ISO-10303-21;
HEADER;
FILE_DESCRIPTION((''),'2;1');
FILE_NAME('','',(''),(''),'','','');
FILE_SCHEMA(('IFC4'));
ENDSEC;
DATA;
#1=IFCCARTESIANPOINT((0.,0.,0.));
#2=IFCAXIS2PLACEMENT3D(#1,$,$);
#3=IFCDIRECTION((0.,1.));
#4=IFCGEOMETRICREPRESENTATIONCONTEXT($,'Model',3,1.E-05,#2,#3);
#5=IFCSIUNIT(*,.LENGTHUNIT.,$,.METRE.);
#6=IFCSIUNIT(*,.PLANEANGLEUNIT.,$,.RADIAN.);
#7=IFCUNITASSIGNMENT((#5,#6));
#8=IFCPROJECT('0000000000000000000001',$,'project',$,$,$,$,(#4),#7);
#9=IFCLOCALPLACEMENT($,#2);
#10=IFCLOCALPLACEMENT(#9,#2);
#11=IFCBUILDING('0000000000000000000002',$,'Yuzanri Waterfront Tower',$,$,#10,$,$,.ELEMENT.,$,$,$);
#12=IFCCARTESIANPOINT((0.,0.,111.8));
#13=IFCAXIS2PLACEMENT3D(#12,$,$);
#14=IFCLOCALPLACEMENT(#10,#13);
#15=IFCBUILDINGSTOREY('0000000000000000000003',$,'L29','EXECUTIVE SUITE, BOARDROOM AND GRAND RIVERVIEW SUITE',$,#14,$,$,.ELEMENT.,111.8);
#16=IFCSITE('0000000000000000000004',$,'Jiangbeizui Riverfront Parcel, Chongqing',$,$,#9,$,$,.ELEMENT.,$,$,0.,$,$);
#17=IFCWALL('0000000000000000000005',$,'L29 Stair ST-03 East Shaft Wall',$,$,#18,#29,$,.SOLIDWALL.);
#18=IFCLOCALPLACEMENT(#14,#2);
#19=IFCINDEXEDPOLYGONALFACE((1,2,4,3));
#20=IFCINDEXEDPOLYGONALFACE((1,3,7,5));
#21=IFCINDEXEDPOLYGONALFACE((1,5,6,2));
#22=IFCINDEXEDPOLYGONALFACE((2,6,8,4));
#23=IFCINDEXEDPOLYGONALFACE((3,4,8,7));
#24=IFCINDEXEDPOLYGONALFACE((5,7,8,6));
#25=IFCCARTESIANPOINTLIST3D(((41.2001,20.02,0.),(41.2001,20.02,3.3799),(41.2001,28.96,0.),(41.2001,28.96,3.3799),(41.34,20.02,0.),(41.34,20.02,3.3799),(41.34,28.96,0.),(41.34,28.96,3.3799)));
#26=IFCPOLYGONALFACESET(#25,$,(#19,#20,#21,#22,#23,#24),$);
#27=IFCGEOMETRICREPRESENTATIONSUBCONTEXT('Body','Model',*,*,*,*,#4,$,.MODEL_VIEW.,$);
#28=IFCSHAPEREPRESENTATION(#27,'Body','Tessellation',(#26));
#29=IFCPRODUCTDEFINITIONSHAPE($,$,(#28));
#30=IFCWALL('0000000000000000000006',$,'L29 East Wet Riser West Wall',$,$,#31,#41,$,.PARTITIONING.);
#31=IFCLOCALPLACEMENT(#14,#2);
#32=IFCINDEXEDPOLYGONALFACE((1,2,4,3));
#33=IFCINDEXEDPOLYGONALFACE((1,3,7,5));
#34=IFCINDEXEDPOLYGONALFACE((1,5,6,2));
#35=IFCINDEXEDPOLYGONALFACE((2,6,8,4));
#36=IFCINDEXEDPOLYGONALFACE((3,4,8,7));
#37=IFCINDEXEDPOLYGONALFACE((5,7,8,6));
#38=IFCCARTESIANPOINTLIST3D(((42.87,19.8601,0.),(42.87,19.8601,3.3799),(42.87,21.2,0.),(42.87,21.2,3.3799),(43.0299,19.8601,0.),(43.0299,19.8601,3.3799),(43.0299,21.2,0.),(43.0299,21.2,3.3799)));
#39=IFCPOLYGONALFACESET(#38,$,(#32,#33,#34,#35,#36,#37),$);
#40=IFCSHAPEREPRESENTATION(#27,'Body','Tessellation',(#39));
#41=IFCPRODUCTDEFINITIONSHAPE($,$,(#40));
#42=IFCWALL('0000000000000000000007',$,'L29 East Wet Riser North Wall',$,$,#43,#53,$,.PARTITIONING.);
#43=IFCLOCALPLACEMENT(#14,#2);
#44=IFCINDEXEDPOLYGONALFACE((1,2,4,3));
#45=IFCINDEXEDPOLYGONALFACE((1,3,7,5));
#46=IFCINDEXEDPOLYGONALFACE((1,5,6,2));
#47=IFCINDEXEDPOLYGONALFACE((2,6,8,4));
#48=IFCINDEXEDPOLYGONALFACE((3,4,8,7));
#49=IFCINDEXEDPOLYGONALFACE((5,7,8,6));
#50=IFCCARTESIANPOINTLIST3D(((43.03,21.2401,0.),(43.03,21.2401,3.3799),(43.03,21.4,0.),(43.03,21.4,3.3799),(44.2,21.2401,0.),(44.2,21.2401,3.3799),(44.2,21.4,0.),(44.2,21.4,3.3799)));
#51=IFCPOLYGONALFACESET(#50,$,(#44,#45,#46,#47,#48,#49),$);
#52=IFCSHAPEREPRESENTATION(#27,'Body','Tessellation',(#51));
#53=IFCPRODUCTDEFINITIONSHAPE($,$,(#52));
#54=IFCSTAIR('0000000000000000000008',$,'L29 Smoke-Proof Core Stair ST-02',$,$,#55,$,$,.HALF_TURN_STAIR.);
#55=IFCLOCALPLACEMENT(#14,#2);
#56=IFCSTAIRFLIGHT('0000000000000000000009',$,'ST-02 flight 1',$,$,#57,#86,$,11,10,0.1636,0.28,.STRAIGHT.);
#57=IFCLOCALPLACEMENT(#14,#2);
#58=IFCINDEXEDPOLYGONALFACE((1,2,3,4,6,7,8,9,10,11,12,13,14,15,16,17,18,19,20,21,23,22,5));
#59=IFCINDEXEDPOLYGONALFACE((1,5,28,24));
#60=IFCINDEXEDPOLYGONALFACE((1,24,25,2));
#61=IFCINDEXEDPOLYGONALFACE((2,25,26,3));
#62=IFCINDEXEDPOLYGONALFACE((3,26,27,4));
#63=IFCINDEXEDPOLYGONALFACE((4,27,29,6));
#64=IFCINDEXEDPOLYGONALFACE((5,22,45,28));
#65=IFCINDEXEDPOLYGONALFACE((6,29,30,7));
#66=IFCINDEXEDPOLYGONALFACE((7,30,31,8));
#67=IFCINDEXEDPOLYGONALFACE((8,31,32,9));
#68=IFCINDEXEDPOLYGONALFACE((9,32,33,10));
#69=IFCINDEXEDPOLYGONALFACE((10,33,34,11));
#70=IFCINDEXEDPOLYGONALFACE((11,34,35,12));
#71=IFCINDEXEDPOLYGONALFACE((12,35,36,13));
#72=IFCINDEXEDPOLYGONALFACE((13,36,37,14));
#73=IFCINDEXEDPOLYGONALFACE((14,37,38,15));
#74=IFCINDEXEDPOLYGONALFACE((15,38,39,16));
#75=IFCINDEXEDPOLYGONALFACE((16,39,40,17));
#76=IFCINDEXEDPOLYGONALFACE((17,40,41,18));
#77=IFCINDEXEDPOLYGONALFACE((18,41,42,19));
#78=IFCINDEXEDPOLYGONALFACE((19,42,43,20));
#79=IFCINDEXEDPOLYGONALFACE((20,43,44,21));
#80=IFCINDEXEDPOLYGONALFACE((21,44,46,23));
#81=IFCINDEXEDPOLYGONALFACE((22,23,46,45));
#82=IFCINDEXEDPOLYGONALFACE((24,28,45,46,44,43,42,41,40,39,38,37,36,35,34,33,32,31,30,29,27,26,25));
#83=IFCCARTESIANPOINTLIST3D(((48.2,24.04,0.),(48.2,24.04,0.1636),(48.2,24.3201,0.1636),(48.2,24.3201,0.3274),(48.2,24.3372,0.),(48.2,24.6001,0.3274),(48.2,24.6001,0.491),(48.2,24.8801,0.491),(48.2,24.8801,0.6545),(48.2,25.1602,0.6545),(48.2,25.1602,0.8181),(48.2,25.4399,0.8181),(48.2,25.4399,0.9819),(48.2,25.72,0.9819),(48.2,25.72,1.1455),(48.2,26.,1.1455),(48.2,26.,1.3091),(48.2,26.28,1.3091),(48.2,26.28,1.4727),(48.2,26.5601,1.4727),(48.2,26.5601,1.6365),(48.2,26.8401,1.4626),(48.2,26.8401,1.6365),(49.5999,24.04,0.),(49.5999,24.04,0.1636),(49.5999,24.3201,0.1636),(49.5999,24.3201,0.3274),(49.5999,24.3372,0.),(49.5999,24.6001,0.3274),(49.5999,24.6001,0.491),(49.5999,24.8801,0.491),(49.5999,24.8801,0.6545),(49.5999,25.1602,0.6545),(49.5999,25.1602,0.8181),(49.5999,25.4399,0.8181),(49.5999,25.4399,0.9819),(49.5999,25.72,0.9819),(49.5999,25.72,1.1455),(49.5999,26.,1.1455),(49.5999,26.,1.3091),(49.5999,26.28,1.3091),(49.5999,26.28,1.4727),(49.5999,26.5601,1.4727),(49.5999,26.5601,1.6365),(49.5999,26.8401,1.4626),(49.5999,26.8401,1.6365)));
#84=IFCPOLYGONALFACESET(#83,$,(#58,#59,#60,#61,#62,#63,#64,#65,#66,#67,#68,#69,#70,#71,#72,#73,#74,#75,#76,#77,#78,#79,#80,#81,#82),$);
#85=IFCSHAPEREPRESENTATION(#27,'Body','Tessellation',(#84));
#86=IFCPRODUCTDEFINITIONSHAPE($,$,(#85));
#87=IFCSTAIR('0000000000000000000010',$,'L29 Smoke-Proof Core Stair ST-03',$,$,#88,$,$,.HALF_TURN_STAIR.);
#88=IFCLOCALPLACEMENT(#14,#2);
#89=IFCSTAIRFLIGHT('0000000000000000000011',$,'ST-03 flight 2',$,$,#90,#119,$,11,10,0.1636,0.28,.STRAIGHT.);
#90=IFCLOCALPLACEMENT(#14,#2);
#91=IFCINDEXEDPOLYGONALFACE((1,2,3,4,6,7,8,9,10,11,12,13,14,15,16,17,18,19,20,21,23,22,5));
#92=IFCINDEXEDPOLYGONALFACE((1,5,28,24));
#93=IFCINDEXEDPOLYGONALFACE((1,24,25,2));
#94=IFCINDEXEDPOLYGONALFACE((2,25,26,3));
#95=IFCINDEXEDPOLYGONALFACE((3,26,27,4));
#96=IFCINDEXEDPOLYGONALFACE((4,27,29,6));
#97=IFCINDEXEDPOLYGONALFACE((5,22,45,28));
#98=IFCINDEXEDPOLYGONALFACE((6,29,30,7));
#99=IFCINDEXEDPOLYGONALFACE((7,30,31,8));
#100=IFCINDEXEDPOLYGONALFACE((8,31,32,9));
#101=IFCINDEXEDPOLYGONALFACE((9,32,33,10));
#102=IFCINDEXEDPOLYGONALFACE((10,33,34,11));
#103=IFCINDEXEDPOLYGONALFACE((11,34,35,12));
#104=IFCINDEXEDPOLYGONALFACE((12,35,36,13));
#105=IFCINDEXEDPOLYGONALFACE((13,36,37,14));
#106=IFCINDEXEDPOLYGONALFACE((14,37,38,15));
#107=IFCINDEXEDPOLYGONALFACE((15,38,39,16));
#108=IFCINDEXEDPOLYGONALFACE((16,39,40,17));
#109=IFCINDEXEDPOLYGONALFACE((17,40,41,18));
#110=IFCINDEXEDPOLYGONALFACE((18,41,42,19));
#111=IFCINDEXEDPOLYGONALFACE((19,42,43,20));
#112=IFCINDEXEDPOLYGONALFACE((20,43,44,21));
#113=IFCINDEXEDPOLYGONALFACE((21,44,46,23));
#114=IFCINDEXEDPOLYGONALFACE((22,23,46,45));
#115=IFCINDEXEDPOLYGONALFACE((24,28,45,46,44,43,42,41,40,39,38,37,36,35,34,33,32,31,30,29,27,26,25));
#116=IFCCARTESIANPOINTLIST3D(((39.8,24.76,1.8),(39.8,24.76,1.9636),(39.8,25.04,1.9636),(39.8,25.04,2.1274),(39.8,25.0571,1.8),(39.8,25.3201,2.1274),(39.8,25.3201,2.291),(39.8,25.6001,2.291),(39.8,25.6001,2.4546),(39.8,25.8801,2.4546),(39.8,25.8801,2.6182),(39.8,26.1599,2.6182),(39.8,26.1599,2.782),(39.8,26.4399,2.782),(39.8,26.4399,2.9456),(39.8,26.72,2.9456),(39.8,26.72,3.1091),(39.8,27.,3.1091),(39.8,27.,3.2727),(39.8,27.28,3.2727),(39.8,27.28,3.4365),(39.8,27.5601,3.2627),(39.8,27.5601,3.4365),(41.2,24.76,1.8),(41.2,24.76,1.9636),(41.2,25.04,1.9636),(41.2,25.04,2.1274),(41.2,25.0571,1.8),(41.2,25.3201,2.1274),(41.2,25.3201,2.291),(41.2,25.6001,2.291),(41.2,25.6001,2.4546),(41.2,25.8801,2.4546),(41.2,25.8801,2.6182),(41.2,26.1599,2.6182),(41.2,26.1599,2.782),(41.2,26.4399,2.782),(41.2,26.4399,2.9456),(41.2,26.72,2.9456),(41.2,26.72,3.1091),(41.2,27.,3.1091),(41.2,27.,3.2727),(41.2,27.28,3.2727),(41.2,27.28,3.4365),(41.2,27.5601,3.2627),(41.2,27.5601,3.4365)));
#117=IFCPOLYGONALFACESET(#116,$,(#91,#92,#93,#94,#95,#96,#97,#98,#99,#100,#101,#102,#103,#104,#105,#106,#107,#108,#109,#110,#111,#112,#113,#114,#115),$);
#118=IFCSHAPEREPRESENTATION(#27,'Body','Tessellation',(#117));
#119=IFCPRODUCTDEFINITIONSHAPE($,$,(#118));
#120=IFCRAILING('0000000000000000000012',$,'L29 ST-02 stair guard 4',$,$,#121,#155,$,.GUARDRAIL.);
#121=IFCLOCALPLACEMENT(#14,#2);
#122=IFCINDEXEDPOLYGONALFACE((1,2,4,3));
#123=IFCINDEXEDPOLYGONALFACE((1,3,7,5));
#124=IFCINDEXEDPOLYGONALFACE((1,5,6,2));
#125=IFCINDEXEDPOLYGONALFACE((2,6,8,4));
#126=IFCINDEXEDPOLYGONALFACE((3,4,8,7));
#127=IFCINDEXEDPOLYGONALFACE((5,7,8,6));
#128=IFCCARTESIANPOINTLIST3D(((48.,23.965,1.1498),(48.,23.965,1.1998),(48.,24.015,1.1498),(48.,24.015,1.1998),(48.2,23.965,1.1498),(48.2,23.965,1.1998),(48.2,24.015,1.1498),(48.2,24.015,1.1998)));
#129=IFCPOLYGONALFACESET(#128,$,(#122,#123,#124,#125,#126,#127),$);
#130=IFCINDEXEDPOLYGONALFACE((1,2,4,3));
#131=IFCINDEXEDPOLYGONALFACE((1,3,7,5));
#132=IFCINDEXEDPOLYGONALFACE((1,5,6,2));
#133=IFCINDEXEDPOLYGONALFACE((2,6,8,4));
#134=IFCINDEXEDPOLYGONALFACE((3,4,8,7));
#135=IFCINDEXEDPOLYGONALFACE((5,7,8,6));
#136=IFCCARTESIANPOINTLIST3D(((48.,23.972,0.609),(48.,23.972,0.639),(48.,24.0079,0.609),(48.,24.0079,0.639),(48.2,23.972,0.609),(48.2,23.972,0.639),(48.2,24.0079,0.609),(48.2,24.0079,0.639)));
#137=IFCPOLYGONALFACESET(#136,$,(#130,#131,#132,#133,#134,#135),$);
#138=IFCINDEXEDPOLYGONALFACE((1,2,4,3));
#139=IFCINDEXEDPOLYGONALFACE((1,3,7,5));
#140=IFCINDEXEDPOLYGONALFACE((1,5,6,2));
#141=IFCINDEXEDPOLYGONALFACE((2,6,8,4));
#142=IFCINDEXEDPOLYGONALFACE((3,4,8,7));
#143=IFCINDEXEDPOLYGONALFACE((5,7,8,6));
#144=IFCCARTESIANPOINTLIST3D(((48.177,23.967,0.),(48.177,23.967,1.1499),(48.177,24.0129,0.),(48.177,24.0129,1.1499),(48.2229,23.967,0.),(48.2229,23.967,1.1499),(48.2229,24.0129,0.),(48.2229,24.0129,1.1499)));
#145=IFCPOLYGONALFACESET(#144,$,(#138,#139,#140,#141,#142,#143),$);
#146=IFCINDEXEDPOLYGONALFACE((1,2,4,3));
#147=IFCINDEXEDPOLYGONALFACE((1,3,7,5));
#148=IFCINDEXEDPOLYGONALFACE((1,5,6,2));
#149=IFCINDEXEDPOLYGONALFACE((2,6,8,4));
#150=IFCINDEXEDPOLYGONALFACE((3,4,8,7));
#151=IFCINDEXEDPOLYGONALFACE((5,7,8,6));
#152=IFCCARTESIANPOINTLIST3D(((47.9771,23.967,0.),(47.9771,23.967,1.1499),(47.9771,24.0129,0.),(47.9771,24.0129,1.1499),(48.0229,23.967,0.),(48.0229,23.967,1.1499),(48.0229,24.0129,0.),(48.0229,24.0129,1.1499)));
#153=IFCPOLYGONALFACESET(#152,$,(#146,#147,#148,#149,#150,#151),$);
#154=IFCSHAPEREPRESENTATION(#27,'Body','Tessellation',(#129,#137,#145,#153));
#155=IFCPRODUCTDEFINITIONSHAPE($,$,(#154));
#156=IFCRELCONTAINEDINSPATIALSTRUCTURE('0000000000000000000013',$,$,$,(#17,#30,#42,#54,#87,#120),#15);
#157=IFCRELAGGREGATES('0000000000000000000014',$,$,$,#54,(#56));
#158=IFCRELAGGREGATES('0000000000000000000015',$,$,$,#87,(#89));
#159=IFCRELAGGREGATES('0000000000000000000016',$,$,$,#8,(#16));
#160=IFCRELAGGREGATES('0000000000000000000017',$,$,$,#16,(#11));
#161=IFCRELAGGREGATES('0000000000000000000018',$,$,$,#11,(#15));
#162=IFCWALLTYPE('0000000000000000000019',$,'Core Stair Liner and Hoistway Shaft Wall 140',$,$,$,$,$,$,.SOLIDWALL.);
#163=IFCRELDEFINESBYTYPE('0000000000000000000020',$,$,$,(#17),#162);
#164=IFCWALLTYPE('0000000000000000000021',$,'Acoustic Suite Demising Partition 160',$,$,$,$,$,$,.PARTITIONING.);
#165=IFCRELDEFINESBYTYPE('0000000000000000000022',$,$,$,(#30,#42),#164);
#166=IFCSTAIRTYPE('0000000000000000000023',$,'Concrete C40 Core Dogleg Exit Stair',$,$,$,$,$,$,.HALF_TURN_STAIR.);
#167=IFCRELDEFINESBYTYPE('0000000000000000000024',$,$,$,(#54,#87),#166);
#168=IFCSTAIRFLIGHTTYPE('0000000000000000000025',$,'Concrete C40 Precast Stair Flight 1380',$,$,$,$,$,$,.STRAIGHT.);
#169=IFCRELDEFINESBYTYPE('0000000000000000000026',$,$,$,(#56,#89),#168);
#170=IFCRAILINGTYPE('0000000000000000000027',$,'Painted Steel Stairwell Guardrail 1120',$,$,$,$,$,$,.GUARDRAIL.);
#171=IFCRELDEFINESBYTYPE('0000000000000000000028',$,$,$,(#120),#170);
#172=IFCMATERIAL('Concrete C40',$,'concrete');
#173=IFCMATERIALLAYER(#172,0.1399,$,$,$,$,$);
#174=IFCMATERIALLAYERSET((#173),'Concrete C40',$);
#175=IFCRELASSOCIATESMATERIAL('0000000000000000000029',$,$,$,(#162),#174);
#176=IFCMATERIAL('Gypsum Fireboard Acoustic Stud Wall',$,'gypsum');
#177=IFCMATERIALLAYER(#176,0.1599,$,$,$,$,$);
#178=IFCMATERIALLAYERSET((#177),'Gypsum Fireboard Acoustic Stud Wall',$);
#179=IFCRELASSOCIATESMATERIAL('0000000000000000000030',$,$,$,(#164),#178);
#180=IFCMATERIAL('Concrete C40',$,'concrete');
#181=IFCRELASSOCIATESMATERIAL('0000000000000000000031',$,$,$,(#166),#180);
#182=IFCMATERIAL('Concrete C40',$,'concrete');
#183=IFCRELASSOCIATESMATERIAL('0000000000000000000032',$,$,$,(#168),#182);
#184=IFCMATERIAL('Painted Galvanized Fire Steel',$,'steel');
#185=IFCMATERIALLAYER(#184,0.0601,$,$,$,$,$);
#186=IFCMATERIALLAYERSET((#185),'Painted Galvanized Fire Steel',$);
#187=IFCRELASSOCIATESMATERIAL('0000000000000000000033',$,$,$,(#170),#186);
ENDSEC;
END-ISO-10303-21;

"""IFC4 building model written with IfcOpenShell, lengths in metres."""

from ifc_helpers import new_model, si_unit, direction, frame, frame_2d, origin, origin_2d, place, context, subcontext, project, spatial, polyline, rectangle, outline, extrude, source, transform, mapped, material, layer, layer_set, type_object, element, aggregate, save


model = new_model("IFC4")

# Units and contexts
model_context = context("Model", 3, precision=1e-05, world=origin(), true_north=direction((0.0, 1.0)))
body_context = subcontext(model_context, "Body", "Model", "MODEL_VIEW")
ifc_project = project(units=[si_unit("LENGTHUNIT", "METRE"), si_unit("PLANEANGLEUNIT", "RADIAN")], contexts=[model_context])

# Site, building, storey
site_placement = place(None, origin())
site = spatial("IfcSite", under=ifc_project, at=site_placement, Name="Jiangbeizui Riverfront Parcel, Chongqing", CompositionType="ELEMENT", RefElevation=0.0)
building_placement = place(site_placement, origin())
building = spatial("IfcBuilding", under=site, at=building_placement, Name="Yuzanri Waterfront Tower", CompositionType="ELEMENT")
storey_placement = place(building_placement, frame((0.0, 0.0, 111.8)))
storey = spatial("IfcBuildingStorey", under=building, at=storey_placement, Name="L29", Description="EXECUTIVE SUITE, BOARDROOM AND GRAND RIVERVIEW SUITE", CompositionType="ELEMENT", Elevation=111.8)

# Shared definitions
ifc_material_1 = material(Name="Concrete C40", Category="concrete")
ifc_layer_1 = layer(ifc_material_1, 0.1399)
ifc_layer_set_1 = layer_set([ifc_layer_1], Name="Concrete C40")
wall_type_1 = type_object("IfcWallType", Name="Core Stair Liner and Hoistway Shaft Wall 140", PredefinedType="SOLIDWALL", material=ifc_layer_set_1)

# Walls
shared_shape_1 = source(origin(), body_context, "Body", "SweptSolid", [
    extrude(rectangle(XDim=8.9399, YDim=0.1399, at=frame_2d((4.47, 0.0))), origin(), (0.0, 0.0, 1.0), 3.3799),
])
wall_1_placement = place(storey_placement, frame((41.27, 20.02, 0.0), z_axis=(0.0, 0.0, 1.0), x_axis=(0.0, 1.0, 0.0)))
element("IfcWall", 1, at=wall_1_placement, inside=storey, type_object=wall_type_1, Name="L29 Stair ST-03 East Shaft Wall", PredefinedType="SOLIDWALL", context=body_context, shape_type="MappedRepresentation", body=[
    mapped(shared_shape_1, transform((0.0, 0.0, 0.0), scale=1.0)),
])
ifc_material_2 = material(Name="Gypsum Fireboard Acoustic Stud Wall", Category="gypsum")
ifc_layer_2 = layer(ifc_material_2, 0.1599)
ifc_layer_set_2 = layer_set([ifc_layer_2], Name="Gypsum Fireboard Acoustic Stud Wall")
wall_type_2 = type_object("IfcWallType", Name="Acoustic Suite Demising Partition 160", PredefinedType="PARTITIONING", material=ifc_layer_set_2)
shared_shape_2 = source(origin(), body_context, "Body", "SweptSolid", [
    extrude(rectangle(XDim=1.3398, YDim=0.1599, at=frame_2d((0.6699, 0.0))), origin(), (0.0, 0.0, 1.0), 3.3799),
])
wall_2_placement = place(storey_placement, frame((42.95, 19.8601, 0.0), z_axis=(0.0, 0.0, 1.0), x_axis=(0.0, 1.0, 0.0)))
element("IfcWall", 2, at=wall_2_placement, inside=storey, type_object=wall_type_2, Name="L29 East Wet Riser West Wall", PredefinedType="PARTITIONING", context=body_context, shape_type="MappedRepresentation", body=[
    mapped(shared_shape_2, transform((0.0, 0.0, 0.0), scale=1.0)),
])
shared_shape_3 = source(origin(), body_context, "Body", "SweptSolid", [
    extrude(rectangle(XDim=1.1699, YDim=0.1599, at=frame_2d((0.585, 0.0))), origin(), (0.0, 0.0, 1.0), 3.3799),
])
wall_3_placement = place(storey_placement, frame((43.03, 21.3201, 0.0), z_axis=(0.0, 0.0, 1.0), x_axis=(1.0, 0.0, 0.0)))
element("IfcWall", 3, at=wall_3_placement, inside=storey, type_object=wall_type_2, Name="L29 East Wet Riser North Wall", PredefinedType="PARTITIONING", context=body_context, shape_type="MappedRepresentation", body=[
    mapped(shared_shape_3, transform((0.0, 0.0, 0.0), scale=1.0)),
])

# Stairs, stair flights
ifc_material_3 = material(Name="Concrete C40", Category="concrete")
stair_type = type_object("IfcStairType", Name="Concrete C40 Core Dogleg Exit Stair", PredefinedType="HALF_TURN_STAIR", material=ifc_material_3)
stair_1_placement = place(storey_placement, origin())
stair_1 = element("IfcStair", 4, at=stair_1_placement, inside=storey, type_object=stair_type, Name="L29 Smoke-Proof Core Stair ST-02", PredefinedType="HALF_TURN_STAIR")
ifc_material_4 = material(Name="Concrete C40", Category="concrete")
stair_flight_type = type_object("IfcStairFlightType", Name="Concrete C40 Precast Stair Flight 1380", PredefinedType="STRAIGHT", material=ifc_material_4)
shared_shape_4 = source(origin(), body_context, "Body", "SweptSolid", [
    extrude(outline(polyline([(0.0, 0.0), (0.0, 0.1636), (0.28, 0.1636), (0.28, 0.3274), (0.5601, 0.3274), (0.5601, 0.491), (0.8401, 0.491), (0.8401, 0.6545), (1.1201, 0.6545), (1.1201, 0.8181), (1.3999, 0.8181), (1.3999, 0.9819), (1.6799, 0.9819), (1.6799, 1.1455), (1.96, 1.1455), (1.96, 1.3091), (2.24, 1.3091), (2.24, 1.4727), (2.52, 1.4727), (2.52, 1.6365), (2.8, 1.6365), (2.8, 1.8), (2.8, 1.4626), (0.2971, 0.0), (0.0, 0.0)])), frame((0.0, 0.7, 0.0), z_axis=(0.0, -1.0, 0.0), x_axis=(1.0, 0.0, 0.0)), (0.0, 0.0, 1.0), 1.3999),
])
stair_flight_1_placement = place(storey_placement, frame((48.8999, 24.04, 0.0), z_axis=(0.0, 0.0, 1.0), x_axis=(0.0, 1.0, 0.0)))
stair_flight_1 = element("IfcStairFlight", 5, at=stair_flight_1_placement, type_object=stair_flight_type, Name="ST-02 flight 1", NumberOfRisers=11, NumberOfTreads=10, PredefinedType="STRAIGHT", RiserHeight=0.1636, TreadLength=0.28, context=body_context, shape_type="MappedRepresentation", body=[
    mapped(shared_shape_4, transform((0.0, 0.0, 0.0), scale=1.0)),
])
aggregate(stair_1, [stair_flight_1])
stair_2_placement = place(storey_placement, origin())
stair_2 = element("IfcStair", 6, at=stair_2_placement, inside=storey, type_object=stair_type, Name="L29 Smoke-Proof Core Stair ST-03", PredefinedType="HALF_TURN_STAIR")
stair_flight_2_placement = place(storey_placement, frame((40.5, 24.76, 1.8), z_axis=(0.0, 0.0, 1.0), x_axis=(0.0, 1.0, 0.0)))
stair_flight_2 = element("IfcStairFlight", 7, at=stair_flight_2_placement, type_object=stair_flight_type, Name="ST-03 flight 2", NumberOfRisers=11, NumberOfTreads=10, PredefinedType="STRAIGHT", RiserHeight=0.1636, TreadLength=0.28, context=body_context, shape_type="MappedRepresentation", body=[
    mapped(shared_shape_4, transform((0.0, 0.0, 0.0), scale=1.0)),
])
aggregate(stair_2, [stair_flight_2])

# Railing
ifc_material_5 = material(Name="Painted Galvanized Fire Steel", Category="steel")
ifc_layer_3 = layer(ifc_material_5, 0.0601)
ifc_layer_set_3 = layer_set([ifc_layer_3], Name="Painted Galvanized Fire Steel")
railing_type_1 = type_object("IfcRailingType", Name="Painted Steel Stairwell Guardrail 1120", PredefinedType="GUARDRAIL", material=ifc_layer_set_3)
shared_shape_5 = source(origin(), body_context, "Body", "SweptSolid", [
    extrude(rectangle(XDim=0.05, YDim=0.05, at=origin_2d()), frame((0.0, 0.0, 1.1748), z_axis=(-1.0, 0.0, 0.0), x_axis=(0.0, -1.0, 0.0)), (0.0, 0.0, 1.0), 0.2),
    extrude(rectangle(XDim=0.0359, YDim=0.03, at=origin_2d()), frame((0.0, 0.0, 0.624), z_axis=(-1.0, 0.0, 0.0), x_axis=(0.0, -1.0, 0.0)), (0.0, 0.0, 1.0), 0.2),
    extrude(rectangle(XDim=0.0459, YDim=0.0459, at=origin_2d()), origin(), (0.0, 0.0, 1.0), 1.1499),
    extrude(rectangle(XDim=0.0459, YDim=0.0459, at=origin_2d()), frame((-0.2, 0.0, 0.0)), (0.0, 0.0, 1.0), 1.1499),
])
railing_1_placement = place(storey_placement, frame((48.2, 23.99, 0.0)))
element("IfcRailing", 8, at=railing_1_placement, inside=storey, type_object=railing_type_1, Name="L29 ST-02 stair guard 4", PredefinedType="GUARDRAIL", context=body_context, shape_type="MappedRepresentation", body=[
    mapped(shared_shape_5, transform((0.0, 0.0, 0.0), scale=1.0)),
])

save(model, "model.ifc")
